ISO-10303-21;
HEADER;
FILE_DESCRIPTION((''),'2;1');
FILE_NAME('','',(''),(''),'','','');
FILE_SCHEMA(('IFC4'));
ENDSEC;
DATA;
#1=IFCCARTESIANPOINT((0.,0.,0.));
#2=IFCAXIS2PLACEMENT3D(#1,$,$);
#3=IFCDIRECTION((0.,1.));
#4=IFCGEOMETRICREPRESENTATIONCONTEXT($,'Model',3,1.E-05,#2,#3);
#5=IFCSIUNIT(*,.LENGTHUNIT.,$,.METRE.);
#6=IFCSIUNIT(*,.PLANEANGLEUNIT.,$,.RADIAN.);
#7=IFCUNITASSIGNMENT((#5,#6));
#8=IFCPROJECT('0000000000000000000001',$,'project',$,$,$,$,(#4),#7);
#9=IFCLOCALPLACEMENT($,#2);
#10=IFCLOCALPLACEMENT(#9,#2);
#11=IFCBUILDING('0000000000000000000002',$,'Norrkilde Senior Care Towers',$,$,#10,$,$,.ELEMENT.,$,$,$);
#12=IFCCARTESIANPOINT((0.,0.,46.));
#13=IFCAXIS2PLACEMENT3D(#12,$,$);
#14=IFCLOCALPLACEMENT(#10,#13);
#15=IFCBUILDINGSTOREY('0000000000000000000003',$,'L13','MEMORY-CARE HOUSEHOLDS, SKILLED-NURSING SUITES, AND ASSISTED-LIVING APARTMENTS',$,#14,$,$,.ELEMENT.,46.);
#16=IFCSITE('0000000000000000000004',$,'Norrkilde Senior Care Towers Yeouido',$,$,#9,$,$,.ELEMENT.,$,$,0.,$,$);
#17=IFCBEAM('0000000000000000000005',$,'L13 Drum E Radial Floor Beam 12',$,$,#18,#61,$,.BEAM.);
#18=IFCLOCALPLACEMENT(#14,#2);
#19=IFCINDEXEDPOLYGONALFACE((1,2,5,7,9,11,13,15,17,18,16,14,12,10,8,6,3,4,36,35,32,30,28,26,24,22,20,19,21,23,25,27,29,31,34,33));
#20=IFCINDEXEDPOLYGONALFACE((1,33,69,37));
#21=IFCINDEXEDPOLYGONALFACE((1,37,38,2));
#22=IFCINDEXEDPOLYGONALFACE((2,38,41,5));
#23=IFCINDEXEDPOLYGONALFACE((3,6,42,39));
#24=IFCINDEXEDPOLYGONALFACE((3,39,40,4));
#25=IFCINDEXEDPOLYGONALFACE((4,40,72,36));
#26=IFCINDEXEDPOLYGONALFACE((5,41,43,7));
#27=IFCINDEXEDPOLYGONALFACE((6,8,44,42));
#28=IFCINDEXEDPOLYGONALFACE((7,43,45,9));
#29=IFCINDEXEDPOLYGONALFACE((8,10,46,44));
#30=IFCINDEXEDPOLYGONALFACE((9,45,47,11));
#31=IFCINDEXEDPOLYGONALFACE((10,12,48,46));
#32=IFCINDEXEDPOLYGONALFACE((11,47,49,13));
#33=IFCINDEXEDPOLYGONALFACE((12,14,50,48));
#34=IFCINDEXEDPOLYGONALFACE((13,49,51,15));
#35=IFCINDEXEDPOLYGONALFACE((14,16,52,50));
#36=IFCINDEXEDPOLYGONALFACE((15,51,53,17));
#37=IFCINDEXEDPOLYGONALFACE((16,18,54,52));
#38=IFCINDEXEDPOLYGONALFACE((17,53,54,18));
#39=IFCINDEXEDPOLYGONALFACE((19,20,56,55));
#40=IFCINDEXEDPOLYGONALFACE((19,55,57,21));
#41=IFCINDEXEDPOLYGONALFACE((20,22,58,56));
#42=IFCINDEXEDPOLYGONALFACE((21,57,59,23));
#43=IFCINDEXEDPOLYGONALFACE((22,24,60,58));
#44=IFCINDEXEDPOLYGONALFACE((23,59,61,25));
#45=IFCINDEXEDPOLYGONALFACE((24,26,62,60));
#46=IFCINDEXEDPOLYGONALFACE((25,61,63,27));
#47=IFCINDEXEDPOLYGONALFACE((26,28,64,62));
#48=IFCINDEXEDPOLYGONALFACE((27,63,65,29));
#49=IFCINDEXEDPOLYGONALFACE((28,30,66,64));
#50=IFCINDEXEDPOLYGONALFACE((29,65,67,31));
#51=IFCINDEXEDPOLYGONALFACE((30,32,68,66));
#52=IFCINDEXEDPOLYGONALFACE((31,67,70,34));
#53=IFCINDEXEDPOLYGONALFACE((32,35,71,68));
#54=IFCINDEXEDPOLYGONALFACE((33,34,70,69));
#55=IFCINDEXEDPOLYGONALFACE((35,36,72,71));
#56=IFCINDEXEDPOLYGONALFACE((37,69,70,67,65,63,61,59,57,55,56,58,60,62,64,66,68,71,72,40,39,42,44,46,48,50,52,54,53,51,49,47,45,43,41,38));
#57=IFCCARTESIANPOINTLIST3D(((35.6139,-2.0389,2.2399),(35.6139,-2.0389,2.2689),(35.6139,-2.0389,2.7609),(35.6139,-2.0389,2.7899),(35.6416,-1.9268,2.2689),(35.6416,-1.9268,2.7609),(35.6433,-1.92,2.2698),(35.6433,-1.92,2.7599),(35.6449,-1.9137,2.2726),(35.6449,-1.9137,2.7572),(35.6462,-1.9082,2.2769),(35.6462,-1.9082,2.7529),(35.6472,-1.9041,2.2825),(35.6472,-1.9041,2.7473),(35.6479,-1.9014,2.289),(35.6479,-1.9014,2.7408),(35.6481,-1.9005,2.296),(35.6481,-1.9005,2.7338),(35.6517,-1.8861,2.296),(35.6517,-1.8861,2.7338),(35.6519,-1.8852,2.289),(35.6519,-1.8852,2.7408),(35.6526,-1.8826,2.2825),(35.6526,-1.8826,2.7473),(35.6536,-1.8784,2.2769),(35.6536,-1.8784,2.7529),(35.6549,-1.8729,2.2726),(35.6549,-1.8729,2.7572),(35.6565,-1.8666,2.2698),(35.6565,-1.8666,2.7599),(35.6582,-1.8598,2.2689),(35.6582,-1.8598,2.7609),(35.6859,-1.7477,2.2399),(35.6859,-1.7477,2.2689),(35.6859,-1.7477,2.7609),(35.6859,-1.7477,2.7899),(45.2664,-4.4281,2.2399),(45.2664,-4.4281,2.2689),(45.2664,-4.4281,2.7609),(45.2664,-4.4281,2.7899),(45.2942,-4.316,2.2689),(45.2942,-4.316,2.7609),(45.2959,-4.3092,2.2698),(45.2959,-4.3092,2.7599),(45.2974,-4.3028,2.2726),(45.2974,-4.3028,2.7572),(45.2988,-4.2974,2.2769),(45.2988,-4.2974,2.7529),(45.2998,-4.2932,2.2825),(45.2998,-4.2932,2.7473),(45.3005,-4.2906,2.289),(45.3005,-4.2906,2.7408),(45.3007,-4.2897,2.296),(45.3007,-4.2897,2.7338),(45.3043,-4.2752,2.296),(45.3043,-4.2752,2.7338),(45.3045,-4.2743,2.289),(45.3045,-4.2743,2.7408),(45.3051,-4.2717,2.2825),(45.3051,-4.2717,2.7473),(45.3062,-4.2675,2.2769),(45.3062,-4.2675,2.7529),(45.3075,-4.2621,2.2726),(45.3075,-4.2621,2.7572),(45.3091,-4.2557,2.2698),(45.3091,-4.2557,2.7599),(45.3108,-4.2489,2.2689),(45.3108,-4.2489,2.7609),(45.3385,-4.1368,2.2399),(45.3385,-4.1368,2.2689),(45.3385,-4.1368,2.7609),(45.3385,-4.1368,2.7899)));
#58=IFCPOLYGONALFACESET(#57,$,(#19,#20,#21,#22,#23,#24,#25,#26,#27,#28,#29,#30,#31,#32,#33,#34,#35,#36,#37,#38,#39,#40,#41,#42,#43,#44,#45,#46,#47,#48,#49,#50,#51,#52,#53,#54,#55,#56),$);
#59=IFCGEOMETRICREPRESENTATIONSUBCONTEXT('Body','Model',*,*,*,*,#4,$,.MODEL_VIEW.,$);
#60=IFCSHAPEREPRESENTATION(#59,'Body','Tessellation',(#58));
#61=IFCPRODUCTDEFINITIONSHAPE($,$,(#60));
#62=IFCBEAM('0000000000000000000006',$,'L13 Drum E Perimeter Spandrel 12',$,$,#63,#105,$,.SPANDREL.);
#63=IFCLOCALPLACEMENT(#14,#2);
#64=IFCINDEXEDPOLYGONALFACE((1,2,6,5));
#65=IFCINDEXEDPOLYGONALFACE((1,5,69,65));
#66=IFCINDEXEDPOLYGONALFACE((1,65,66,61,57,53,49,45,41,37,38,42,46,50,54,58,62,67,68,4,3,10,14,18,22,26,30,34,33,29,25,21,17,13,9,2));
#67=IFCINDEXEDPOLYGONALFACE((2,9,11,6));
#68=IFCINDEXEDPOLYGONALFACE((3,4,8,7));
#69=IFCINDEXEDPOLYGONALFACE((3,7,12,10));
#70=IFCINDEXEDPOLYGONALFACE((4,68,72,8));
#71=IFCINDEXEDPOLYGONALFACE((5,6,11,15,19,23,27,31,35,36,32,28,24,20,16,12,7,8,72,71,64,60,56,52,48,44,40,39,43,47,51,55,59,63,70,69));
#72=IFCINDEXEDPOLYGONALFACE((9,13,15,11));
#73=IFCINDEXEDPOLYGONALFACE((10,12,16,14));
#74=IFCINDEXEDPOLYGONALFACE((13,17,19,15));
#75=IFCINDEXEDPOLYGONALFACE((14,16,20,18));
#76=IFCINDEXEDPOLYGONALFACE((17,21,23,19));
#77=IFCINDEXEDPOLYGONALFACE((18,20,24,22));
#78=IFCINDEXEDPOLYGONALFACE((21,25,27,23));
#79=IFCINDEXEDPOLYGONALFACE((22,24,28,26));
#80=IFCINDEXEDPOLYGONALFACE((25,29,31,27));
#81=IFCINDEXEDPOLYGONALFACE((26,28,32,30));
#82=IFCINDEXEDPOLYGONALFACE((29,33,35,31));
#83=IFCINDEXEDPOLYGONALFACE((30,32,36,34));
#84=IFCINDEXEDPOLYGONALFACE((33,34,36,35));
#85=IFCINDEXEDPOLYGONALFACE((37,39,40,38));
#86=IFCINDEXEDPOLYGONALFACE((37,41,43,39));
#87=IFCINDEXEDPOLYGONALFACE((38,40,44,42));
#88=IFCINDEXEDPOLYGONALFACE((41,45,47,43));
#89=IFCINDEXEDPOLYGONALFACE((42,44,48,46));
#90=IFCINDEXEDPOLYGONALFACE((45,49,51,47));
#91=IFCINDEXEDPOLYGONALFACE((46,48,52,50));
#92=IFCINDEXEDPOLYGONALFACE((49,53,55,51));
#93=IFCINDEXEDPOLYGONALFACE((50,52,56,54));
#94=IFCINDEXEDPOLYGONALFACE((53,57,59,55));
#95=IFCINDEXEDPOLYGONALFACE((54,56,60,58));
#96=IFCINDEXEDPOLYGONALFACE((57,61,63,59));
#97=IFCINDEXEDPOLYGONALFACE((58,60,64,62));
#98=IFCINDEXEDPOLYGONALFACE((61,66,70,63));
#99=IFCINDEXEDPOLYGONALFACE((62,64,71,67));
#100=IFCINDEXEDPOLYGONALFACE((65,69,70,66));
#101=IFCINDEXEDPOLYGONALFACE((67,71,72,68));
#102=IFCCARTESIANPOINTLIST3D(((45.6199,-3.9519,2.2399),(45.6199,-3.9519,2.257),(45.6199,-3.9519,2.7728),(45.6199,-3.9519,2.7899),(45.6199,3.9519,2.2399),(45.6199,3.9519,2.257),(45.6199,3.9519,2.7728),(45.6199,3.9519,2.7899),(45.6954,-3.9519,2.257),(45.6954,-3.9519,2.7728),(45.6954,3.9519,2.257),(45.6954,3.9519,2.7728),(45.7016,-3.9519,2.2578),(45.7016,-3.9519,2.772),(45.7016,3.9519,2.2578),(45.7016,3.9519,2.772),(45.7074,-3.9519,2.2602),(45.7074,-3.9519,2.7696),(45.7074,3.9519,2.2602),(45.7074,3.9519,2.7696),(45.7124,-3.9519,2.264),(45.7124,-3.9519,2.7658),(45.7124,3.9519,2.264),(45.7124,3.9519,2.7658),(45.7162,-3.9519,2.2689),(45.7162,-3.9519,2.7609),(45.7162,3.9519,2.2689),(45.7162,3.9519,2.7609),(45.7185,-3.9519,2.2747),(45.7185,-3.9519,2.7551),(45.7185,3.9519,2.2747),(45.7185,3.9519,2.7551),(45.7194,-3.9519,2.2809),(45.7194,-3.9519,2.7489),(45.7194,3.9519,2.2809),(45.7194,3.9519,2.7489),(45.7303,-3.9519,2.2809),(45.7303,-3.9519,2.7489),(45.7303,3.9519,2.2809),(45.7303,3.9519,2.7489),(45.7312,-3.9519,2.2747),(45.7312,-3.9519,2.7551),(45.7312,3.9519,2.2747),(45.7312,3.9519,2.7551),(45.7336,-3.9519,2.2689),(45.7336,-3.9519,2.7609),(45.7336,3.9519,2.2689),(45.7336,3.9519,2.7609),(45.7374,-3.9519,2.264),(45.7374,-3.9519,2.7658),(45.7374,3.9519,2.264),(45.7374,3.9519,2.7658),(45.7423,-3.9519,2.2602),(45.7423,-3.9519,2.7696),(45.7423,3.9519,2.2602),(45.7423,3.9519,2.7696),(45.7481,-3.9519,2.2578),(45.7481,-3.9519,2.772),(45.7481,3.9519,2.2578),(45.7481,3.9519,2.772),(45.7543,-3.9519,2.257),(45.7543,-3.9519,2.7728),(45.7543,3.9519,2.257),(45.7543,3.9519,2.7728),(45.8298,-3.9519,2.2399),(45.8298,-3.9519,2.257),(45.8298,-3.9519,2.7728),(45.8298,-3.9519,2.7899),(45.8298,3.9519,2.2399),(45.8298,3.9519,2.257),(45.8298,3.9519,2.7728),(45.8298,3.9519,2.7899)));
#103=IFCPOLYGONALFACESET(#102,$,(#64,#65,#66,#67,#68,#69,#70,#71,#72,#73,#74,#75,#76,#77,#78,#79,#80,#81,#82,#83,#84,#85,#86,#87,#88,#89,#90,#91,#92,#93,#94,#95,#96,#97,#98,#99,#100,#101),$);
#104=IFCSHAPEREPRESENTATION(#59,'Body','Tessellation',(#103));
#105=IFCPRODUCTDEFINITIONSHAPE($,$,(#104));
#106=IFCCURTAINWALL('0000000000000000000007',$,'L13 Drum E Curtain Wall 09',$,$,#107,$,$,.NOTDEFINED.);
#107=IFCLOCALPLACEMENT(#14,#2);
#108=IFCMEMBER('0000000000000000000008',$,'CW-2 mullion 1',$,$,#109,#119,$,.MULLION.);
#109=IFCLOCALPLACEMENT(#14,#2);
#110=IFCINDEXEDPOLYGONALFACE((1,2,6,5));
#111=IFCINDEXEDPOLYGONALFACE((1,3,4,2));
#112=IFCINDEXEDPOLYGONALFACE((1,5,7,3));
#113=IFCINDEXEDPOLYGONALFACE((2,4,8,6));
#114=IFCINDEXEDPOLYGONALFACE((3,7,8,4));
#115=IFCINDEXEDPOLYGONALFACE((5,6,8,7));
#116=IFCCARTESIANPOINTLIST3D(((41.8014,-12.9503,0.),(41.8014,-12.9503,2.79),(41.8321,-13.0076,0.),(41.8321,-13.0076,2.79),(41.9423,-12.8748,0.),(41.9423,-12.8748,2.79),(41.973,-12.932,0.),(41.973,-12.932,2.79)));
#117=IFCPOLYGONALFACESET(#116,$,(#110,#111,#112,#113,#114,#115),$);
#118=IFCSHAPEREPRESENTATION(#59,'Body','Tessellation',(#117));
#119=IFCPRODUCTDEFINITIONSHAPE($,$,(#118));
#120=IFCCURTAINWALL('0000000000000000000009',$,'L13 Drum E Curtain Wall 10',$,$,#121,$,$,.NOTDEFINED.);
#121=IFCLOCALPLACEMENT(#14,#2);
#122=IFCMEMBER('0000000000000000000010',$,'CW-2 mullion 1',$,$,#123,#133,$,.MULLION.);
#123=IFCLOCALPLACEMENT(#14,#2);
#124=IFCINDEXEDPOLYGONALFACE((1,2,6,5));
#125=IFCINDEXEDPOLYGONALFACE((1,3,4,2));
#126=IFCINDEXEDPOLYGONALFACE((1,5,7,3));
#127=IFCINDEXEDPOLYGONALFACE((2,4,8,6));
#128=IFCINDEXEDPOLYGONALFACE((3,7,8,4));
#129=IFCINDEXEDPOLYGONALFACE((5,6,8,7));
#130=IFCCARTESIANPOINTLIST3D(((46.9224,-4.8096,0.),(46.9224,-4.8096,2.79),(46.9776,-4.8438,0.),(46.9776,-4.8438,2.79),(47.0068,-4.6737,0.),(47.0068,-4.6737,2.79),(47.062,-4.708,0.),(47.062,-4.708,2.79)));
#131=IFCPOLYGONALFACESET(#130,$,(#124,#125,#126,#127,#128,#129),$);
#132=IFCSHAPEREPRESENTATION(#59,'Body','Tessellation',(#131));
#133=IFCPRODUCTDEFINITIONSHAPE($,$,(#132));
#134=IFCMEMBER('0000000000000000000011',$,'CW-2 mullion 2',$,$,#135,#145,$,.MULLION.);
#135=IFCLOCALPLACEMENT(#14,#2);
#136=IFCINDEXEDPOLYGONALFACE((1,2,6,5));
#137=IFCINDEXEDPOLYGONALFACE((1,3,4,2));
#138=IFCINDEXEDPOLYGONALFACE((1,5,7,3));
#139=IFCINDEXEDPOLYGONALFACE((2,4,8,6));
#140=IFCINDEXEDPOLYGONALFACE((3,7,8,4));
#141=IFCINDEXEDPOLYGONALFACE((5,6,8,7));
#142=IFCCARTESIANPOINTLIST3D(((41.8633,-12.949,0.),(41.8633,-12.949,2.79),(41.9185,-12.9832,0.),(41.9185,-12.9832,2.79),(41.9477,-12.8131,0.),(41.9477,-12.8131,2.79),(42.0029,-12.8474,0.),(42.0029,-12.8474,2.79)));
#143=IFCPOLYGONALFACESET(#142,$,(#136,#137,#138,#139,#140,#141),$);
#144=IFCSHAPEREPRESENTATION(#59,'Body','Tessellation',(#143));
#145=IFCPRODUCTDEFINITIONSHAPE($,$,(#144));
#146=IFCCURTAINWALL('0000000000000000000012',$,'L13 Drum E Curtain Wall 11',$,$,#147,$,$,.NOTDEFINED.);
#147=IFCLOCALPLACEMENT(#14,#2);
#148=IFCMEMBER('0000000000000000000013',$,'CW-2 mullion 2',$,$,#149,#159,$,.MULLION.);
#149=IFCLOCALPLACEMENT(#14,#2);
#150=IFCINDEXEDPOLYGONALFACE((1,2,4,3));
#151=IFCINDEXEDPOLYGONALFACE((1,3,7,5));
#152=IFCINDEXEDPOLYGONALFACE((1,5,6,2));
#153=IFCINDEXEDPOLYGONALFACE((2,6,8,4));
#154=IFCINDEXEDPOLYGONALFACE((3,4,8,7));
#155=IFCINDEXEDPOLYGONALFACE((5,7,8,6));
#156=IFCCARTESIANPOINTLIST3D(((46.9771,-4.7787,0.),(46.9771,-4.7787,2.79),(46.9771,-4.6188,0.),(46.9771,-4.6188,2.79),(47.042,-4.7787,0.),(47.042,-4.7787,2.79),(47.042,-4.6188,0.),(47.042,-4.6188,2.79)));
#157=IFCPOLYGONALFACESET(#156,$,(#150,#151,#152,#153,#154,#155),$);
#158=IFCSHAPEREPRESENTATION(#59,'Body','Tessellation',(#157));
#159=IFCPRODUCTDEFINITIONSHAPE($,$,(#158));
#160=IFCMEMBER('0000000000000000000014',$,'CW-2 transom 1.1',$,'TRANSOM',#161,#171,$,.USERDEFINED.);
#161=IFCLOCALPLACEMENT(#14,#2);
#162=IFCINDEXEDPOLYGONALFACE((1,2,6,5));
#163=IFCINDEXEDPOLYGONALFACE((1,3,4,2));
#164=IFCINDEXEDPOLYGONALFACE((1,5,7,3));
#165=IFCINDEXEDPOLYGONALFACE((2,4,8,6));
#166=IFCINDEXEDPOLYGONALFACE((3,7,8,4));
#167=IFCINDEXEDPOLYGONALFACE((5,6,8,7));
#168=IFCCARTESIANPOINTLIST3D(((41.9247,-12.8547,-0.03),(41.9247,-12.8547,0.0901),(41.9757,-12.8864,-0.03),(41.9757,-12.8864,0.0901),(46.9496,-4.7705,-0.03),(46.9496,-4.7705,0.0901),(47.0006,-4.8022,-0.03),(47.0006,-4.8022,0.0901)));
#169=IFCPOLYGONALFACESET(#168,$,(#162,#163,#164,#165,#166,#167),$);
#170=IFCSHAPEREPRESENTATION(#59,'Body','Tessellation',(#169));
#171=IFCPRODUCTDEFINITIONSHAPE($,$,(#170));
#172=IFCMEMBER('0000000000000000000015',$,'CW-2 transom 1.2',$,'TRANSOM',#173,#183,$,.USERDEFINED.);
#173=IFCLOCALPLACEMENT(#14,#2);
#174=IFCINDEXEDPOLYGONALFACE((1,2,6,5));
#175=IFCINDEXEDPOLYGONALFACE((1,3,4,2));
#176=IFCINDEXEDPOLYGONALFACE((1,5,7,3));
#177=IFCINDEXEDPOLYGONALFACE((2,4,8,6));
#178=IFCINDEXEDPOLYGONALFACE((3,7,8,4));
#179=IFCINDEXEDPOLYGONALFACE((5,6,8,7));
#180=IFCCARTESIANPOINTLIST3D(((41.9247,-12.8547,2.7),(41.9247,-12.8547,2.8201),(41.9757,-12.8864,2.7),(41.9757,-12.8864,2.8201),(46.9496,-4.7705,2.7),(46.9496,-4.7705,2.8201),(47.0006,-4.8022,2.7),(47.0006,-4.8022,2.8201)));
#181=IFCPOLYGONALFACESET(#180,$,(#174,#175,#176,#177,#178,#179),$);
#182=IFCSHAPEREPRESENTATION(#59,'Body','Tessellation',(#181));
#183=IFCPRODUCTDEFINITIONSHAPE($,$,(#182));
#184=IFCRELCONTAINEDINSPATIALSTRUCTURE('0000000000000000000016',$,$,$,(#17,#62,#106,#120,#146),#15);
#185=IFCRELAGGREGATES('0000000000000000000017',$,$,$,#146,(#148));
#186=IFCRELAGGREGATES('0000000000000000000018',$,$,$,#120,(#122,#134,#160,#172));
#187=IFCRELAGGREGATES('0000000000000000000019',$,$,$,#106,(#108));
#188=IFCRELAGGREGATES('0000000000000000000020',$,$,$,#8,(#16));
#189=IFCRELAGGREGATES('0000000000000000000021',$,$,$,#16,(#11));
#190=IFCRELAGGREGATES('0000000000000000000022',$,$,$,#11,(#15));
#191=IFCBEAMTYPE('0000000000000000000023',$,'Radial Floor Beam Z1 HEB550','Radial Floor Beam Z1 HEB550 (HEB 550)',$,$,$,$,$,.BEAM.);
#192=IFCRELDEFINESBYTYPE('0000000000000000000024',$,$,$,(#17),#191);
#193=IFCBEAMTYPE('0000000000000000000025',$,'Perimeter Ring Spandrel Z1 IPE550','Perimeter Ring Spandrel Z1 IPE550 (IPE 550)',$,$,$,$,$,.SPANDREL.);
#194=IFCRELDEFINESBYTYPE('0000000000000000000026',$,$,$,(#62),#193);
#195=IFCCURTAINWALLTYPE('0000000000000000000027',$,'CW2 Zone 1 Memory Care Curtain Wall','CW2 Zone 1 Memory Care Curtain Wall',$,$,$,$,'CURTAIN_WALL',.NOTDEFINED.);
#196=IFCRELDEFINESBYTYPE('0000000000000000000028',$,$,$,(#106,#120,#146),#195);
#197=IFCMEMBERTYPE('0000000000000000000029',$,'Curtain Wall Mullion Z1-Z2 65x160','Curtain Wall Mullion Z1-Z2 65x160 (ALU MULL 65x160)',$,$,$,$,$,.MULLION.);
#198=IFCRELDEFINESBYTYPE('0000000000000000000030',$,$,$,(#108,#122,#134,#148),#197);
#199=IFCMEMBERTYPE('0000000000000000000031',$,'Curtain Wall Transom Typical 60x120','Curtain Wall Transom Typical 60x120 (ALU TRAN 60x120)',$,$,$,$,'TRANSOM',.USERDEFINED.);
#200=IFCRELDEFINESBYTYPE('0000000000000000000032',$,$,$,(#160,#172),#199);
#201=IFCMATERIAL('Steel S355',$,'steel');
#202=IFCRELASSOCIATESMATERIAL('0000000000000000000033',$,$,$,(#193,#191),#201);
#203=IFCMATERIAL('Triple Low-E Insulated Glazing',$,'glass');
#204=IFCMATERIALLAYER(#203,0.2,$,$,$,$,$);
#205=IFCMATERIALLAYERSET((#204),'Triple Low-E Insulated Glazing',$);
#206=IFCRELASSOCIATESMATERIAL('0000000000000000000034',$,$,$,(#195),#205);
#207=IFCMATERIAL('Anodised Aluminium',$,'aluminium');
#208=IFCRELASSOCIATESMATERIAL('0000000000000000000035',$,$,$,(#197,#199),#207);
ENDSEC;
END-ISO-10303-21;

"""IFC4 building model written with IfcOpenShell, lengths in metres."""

from ifc_helpers import new_model, si_unit, direction, frame, origin, origin_2d, place, context, subcontext, project, spatial, rectangle, i_section, extrude, source, transform, mapped, material, layer, layer_set, material_profile, profile_set, type_object, type_shapes, element, aggregate, save


model = new_model("IFC4")

# Units and contexts
model_context = context("Model", 3, precision=1e-05, world=origin(), true_north=direction((0.0, 1.0)))
body_context = subcontext(model_context, "Body", "Model", "MODEL_VIEW")
ifc_project = project(units=[si_unit("LENGTHUNIT", "METRE"), si_unit("PLANEANGLEUNIT", "RADIAN")], contexts=[model_context])

# Site, building, storey
site_placement = place(None, origin())
site = spatial("IfcSite", under=ifc_project, at=site_placement, Name="Norrkilde Senior Care Towers Yeouido", CompositionType="ELEMENT", RefElevation=0.0)
building_placement = place(site_placement, origin())
building = spatial("IfcBuilding", under=site, at=building_placement, Name="Norrkilde Senior Care Towers", CompositionType="ELEMENT")
storey_placement = place(building_placement, frame((0.0, 0.0, 46.0)))
storey = spatial("IfcBuildingStorey", under=building, at=storey_placement, Name="L13", Description="MEMORY-CARE HOUSEHOLDS, SKILLED-NURSING SUITES, AND ASSISTED-LIVING APARTMENTS", CompositionType="ELEMENT", Elevation=46.0)

# Beams
ifc_material_1 = material(Name="Steel S355", Category="steel")
ifc_material_profile_1 = material_profile(ifc_material_1, i_section(OverallWidth=0.21, OverallDepth=0.55, WebThickness=0.011, FlangeThickness=0.0171, FilletRadius=0.0239, at=origin_2d()), Name="IPE 550")
ifc_profile_set_1 = profile_set([ifc_material_profile_1], Name="Steel S355")
beam_type_1 = type_object("IfcBeamType", Name="Perimeter Ring Spandrel Z1 IPE550", Description="Perimeter Ring Spandrel Z1 IPE550 (IPE 550)", PredefinedType="SPANDREL", material=ifc_profile_set_1)
ifc_material_profile_2 = material_profile(ifc_material_1, i_section(OverallWidth=0.3, OverallDepth=0.55, WebThickness=0.0149, FlangeThickness=0.0291, FilletRadius=0.0271, at=origin_2d()), Name="HEB 550")
ifc_profile_set_2 = profile_set([ifc_material_profile_2], Name="Steel S355")
beam_type_2 = type_object("IfcBeamType", Name="Radial Floor Beam Z1 HEB550", Description="Radial Floor Beam Z1 HEB550 (HEB 550)", PredefinedType="BEAM", material=ifc_profile_set_2)
shared_shape_1 = source(origin(), body_context, "Body", "SweptSolid", [
    extrude(i_section(OverallWidth=0.3, OverallDepth=0.55, WebThickness=0.0149, FlangeThickness=0.0291, FilletRadius=0.0271, at=origin_2d()), origin(), (0.0, 0.0, 1.0), 9.9438),
])
type_shapes(beam_type_2, [shared_shape_1])
beam_1_placement = place(storey_placement, frame((35.6499, -1.8933, 2.5149), z_axis=(0.970707, -0.240265, 0.0), x_axis=(0.240265, 0.970707, 0.0)))
element("IfcBeam", 1, at=beam_1_placement, inside=storey, type_object=beam_type_2, Name="L13 Drum E Radial Floor Beam 12", PredefinedType="BEAM", context=body_context, shape_type="MappedRepresentation", body=[
    mapped(shared_shape_1, transform((0.0, 0.0, 0.0), x_axis=(1.0, 0.0, 0.0), y_axis=(0.0, 1.0, 0.0), z_axis=(0.0, 0.0, 1.0), scale=1.0)),
])
shared_shape_2 = source(origin(), body_context, "Body", "SweptSolid", [
    extrude(i_section(OverallWidth=0.21, OverallDepth=0.55, WebThickness=0.011, FlangeThickness=0.0171, FilletRadius=0.0239, at=origin_2d()), origin(), (0.0, 0.0, 1.0), 7.9038),
])
beam_2_placement = place(storey_placement, frame((45.7249, -3.9519, 2.5149), z_axis=(0.0, 1.0, 0.0), x_axis=(-1.0, 0.0, 0.0)))
element("IfcBeam", 2, at=beam_2_placement, inside=storey, type_object=beam_type_1, Name="L13 Drum E Perimeter Spandrel 12", PredefinedType="SPANDREL", context=body_context, shape_type="MappedRepresentation", body=[
    mapped(shared_shape_2, transform((0.0, 0.0, 0.0), x_axis=(1.0, 0.0, 0.0), y_axis=(0.0, 1.0, 0.0), z_axis=(0.0, 0.0, 1.0), scale=1.0)),
])

# Curtain wall, member
ifc_material_2 = material(Name="Triple Low-E Insulated Glazing", Category="glass")
ifc_layer_1 = layer(ifc_material_2, 0.2)
ifc_layer_set_1 = layer_set([ifc_layer_1], Name="Triple Low-E Insulated Glazing")
curtain_wall_type = type_object("IfcCurtainWallType", Name="CW2 Zone 1 Memory Care Curtain Wall", Description="CW2 Zone 1 Memory Care Curtain Wall", ElementType="CURTAIN_WALL", PredefinedType="NOTDEFINED", material=ifc_layer_set_1)
curtain_wall_1_placement = place(storey_placement, origin())
curtain_wall_1 = element("IfcCurtainWall", 3, at=curtain_wall_1_placement, inside=storey, type_object=curtain_wall_type, Name="L13 Drum E Curtain Wall 09", PredefinedType="NOTDEFINED")
ifc_material_3 = material(Name="Anodised Aluminium", Category="aluminium")
ifc_material_profile_3 = material_profile(ifc_material_3, rectangle(XDim=0.0649, YDim=0.1599, at=origin_2d()), Name="ALU MULL 65x160")
ifc_profile_set_3 = profile_set([ifc_material_profile_3], Name="Anodised Aluminium")
member_type_1 = type_object("IfcMemberType", Name="Curtain Wall Mullion Z1-Z2 65x160", Description="Curtain Wall Mullion Z1-Z2 65x160 (ALU MULL 65x160)", PredefinedType="MULLION", material=ifc_profile_set_3)
shared_shape_3 = source(origin(), body_context, "Body", "SweptSolid", [
    extrude(rectangle(XDim=0.0649, YDim=0.1599, at=origin_2d()), origin(), (0.0, 0.0, 1.0), 2.79),
])
type_shapes(member_type_1, [shared_shape_3])
member_1_placement = place(storey_placement, frame((41.8872, -12.9412, 0.0), z_axis=(0.0, 0.0, 1.0), x_axis=(0.472608, -0.881273, 0.0)))
member_1 = element("IfcMember", 4, at=member_1_placement, type_object=member_type_1, Name="CW-2 mullion 1", PredefinedType="MULLION", context=body_context, shape_type="MappedRepresentation", body=[
    mapped(shared_shape_3, transform((0.0, 0.0, 0.0), x_axis=(1.0, 0.0, 0.0), y_axis=(0.0, 1.0, 0.0), z_axis=(0.0, 0.0, 1.0), scale=1.0)),
])

# Curtain wall, members
curtain_wall_2_placement = place(storey_placement, origin())
curtain_wall_2 = element("IfcCurtainWall", 5, at=curtain_wall_2_placement, inside=storey, type_object=curtain_wall_type, Name="L13 Drum E Curtain Wall 10", PredefinedType="NOTDEFINED")
member_2_placement = place(storey_placement, frame((46.9922, -4.7588, 0.0), z_axis=(0.0, 0.0, 1.0), x_axis=(0.849306, -0.527901, 0.0)))
member_2 = element("IfcMember", 6, at=member_2_placement, type_object=member_type_1, Name="CW-2 mullion 1", PredefinedType="MULLION", context=body_context, shape_type="MappedRepresentation", body=[
    mapped(shared_shape_3, transform((0.0, 0.0, 0.0), x_axis=(1.0, 0.0, 0.0), y_axis=(0.0, 1.0, 0.0), z_axis=(0.0, 0.0, 1.0), scale=1.0)),
])
member_3_placement = place(storey_placement, frame((41.9331, -12.8982, 0.0), z_axis=(0.0, 0.0, 1.0), x_axis=(0.849306, -0.527901, 0.0)))
member_3 = element("IfcMember", 7, at=member_3_placement, type_object=member_type_1, Name="CW-2 mullion 2", PredefinedType="MULLION", context=body_context, shape_type="MappedRepresentation", body=[
    mapped(shared_shape_3, transform((0.0, 0.0, 0.0), x_axis=(1.0, 0.0, 0.0), y_axis=(0.0, 1.0, 0.0), z_axis=(0.0, 0.0, 1.0), scale=1.0)),
])

# Curtain wall, member
curtain_wall_3_placement = place(storey_placement, origin())
curtain_wall_3 = element("IfcCurtainWall", 8, at=curtain_wall_3_placement, inside=storey, type_object=curtain_wall_type, Name="L13 Drum E Curtain Wall 11", PredefinedType="NOTDEFINED")
member_4_placement = place(storey_placement, frame((47.0095, -4.6987, 0.0), z_axis=(0.0, 0.0, 1.0), x_axis=(1.0, 0.0, 0.0)))
member_4 = element("IfcMember", 9, at=member_4_placement, type_object=member_type_1, Name="CW-2 mullion 2", PredefinedType="MULLION", context=body_context, shape_type="MappedRepresentation", body=[
    mapped(shared_shape_3, transform((0.0, 0.0, 0.0), x_axis=(1.0, 0.0, 0.0), y_axis=(0.0, 1.0, 0.0), z_axis=(0.0, 0.0, 1.0), scale=1.0)),
])
aggregate(curtain_wall_3, [member_4])

# Members
ifc_material_profile_4 = material_profile(ifc_material_3, rectangle(XDim=0.0601, YDim=0.1201, at=origin_2d()), Name="ALU TRAN 60x120")
ifc_profile_set_4 = profile_set([ifc_material_profile_4], Name="Anodised Aluminium")
member_type_2 = type_object("IfcMemberType", Name="Curtain Wall Transom Typical 60x120", Description="Curtain Wall Transom Typical 60x120 (ALU TRAN 60x120)", ElementType="TRANSOM", PredefinedType="USERDEFINED", material=ifc_profile_set_4)
shared_shape_4 = source(origin(), body_context, "Body", "SweptSolid", [
    extrude(rectangle(XDim=0.0601, YDim=0.1201, at=origin_2d()), origin(), (0.0, 0.0, 1.0), 9.5186),
])
member_5_placement = place(storey_placement, frame((46.9751, -4.7864, 0.03), z_axis=(-0.527902, -0.849306, 0.0), x_axis=(0.849306, -0.527902, 0.0)))
member_5 = element("IfcMember", 10, at=member_5_placement, type_object=member_type_2, Name="CW-2 transom 1.1", ObjectType="TRANSOM", PredefinedType="USERDEFINED", context=body_context, shape_type="MappedRepresentation", body=[
    mapped(shared_shape_4, transform((0.0, 0.0, 0.0), x_axis=(1.0, 0.0, 0.0), y_axis=(0.0, 1.0, 0.0), z_axis=(0.0, 0.0, 1.0), scale=1.0)),
])
member_6_placement = place(storey_placement, frame((46.9751, -4.7864, 2.76), z_axis=(-0.527902, -0.849306, 0.0), x_axis=(0.849306, -0.527902, 0.0)))
member_6 = element("IfcMember", 11, at=member_6_placement, type_object=member_type_2, Name="CW-2 transom 1.2", ObjectType="TRANSOM", PredefinedType="USERDEFINED", context=body_context, shape_type="MappedRepresentation", body=[
    mapped(shared_shape_4, transform((0.0, 0.0, 0.0), x_axis=(1.0, 0.0, 0.0), y_axis=(0.0, 1.0, 0.0), z_axis=(0.0, 0.0, 1.0), scale=1.0)),
])

aggregate(curtain_wall_2, [member_2, member_3, member_5, member_6])
aggregate(curtain_wall_1, [member_1])

save(model, "model.ifc")
